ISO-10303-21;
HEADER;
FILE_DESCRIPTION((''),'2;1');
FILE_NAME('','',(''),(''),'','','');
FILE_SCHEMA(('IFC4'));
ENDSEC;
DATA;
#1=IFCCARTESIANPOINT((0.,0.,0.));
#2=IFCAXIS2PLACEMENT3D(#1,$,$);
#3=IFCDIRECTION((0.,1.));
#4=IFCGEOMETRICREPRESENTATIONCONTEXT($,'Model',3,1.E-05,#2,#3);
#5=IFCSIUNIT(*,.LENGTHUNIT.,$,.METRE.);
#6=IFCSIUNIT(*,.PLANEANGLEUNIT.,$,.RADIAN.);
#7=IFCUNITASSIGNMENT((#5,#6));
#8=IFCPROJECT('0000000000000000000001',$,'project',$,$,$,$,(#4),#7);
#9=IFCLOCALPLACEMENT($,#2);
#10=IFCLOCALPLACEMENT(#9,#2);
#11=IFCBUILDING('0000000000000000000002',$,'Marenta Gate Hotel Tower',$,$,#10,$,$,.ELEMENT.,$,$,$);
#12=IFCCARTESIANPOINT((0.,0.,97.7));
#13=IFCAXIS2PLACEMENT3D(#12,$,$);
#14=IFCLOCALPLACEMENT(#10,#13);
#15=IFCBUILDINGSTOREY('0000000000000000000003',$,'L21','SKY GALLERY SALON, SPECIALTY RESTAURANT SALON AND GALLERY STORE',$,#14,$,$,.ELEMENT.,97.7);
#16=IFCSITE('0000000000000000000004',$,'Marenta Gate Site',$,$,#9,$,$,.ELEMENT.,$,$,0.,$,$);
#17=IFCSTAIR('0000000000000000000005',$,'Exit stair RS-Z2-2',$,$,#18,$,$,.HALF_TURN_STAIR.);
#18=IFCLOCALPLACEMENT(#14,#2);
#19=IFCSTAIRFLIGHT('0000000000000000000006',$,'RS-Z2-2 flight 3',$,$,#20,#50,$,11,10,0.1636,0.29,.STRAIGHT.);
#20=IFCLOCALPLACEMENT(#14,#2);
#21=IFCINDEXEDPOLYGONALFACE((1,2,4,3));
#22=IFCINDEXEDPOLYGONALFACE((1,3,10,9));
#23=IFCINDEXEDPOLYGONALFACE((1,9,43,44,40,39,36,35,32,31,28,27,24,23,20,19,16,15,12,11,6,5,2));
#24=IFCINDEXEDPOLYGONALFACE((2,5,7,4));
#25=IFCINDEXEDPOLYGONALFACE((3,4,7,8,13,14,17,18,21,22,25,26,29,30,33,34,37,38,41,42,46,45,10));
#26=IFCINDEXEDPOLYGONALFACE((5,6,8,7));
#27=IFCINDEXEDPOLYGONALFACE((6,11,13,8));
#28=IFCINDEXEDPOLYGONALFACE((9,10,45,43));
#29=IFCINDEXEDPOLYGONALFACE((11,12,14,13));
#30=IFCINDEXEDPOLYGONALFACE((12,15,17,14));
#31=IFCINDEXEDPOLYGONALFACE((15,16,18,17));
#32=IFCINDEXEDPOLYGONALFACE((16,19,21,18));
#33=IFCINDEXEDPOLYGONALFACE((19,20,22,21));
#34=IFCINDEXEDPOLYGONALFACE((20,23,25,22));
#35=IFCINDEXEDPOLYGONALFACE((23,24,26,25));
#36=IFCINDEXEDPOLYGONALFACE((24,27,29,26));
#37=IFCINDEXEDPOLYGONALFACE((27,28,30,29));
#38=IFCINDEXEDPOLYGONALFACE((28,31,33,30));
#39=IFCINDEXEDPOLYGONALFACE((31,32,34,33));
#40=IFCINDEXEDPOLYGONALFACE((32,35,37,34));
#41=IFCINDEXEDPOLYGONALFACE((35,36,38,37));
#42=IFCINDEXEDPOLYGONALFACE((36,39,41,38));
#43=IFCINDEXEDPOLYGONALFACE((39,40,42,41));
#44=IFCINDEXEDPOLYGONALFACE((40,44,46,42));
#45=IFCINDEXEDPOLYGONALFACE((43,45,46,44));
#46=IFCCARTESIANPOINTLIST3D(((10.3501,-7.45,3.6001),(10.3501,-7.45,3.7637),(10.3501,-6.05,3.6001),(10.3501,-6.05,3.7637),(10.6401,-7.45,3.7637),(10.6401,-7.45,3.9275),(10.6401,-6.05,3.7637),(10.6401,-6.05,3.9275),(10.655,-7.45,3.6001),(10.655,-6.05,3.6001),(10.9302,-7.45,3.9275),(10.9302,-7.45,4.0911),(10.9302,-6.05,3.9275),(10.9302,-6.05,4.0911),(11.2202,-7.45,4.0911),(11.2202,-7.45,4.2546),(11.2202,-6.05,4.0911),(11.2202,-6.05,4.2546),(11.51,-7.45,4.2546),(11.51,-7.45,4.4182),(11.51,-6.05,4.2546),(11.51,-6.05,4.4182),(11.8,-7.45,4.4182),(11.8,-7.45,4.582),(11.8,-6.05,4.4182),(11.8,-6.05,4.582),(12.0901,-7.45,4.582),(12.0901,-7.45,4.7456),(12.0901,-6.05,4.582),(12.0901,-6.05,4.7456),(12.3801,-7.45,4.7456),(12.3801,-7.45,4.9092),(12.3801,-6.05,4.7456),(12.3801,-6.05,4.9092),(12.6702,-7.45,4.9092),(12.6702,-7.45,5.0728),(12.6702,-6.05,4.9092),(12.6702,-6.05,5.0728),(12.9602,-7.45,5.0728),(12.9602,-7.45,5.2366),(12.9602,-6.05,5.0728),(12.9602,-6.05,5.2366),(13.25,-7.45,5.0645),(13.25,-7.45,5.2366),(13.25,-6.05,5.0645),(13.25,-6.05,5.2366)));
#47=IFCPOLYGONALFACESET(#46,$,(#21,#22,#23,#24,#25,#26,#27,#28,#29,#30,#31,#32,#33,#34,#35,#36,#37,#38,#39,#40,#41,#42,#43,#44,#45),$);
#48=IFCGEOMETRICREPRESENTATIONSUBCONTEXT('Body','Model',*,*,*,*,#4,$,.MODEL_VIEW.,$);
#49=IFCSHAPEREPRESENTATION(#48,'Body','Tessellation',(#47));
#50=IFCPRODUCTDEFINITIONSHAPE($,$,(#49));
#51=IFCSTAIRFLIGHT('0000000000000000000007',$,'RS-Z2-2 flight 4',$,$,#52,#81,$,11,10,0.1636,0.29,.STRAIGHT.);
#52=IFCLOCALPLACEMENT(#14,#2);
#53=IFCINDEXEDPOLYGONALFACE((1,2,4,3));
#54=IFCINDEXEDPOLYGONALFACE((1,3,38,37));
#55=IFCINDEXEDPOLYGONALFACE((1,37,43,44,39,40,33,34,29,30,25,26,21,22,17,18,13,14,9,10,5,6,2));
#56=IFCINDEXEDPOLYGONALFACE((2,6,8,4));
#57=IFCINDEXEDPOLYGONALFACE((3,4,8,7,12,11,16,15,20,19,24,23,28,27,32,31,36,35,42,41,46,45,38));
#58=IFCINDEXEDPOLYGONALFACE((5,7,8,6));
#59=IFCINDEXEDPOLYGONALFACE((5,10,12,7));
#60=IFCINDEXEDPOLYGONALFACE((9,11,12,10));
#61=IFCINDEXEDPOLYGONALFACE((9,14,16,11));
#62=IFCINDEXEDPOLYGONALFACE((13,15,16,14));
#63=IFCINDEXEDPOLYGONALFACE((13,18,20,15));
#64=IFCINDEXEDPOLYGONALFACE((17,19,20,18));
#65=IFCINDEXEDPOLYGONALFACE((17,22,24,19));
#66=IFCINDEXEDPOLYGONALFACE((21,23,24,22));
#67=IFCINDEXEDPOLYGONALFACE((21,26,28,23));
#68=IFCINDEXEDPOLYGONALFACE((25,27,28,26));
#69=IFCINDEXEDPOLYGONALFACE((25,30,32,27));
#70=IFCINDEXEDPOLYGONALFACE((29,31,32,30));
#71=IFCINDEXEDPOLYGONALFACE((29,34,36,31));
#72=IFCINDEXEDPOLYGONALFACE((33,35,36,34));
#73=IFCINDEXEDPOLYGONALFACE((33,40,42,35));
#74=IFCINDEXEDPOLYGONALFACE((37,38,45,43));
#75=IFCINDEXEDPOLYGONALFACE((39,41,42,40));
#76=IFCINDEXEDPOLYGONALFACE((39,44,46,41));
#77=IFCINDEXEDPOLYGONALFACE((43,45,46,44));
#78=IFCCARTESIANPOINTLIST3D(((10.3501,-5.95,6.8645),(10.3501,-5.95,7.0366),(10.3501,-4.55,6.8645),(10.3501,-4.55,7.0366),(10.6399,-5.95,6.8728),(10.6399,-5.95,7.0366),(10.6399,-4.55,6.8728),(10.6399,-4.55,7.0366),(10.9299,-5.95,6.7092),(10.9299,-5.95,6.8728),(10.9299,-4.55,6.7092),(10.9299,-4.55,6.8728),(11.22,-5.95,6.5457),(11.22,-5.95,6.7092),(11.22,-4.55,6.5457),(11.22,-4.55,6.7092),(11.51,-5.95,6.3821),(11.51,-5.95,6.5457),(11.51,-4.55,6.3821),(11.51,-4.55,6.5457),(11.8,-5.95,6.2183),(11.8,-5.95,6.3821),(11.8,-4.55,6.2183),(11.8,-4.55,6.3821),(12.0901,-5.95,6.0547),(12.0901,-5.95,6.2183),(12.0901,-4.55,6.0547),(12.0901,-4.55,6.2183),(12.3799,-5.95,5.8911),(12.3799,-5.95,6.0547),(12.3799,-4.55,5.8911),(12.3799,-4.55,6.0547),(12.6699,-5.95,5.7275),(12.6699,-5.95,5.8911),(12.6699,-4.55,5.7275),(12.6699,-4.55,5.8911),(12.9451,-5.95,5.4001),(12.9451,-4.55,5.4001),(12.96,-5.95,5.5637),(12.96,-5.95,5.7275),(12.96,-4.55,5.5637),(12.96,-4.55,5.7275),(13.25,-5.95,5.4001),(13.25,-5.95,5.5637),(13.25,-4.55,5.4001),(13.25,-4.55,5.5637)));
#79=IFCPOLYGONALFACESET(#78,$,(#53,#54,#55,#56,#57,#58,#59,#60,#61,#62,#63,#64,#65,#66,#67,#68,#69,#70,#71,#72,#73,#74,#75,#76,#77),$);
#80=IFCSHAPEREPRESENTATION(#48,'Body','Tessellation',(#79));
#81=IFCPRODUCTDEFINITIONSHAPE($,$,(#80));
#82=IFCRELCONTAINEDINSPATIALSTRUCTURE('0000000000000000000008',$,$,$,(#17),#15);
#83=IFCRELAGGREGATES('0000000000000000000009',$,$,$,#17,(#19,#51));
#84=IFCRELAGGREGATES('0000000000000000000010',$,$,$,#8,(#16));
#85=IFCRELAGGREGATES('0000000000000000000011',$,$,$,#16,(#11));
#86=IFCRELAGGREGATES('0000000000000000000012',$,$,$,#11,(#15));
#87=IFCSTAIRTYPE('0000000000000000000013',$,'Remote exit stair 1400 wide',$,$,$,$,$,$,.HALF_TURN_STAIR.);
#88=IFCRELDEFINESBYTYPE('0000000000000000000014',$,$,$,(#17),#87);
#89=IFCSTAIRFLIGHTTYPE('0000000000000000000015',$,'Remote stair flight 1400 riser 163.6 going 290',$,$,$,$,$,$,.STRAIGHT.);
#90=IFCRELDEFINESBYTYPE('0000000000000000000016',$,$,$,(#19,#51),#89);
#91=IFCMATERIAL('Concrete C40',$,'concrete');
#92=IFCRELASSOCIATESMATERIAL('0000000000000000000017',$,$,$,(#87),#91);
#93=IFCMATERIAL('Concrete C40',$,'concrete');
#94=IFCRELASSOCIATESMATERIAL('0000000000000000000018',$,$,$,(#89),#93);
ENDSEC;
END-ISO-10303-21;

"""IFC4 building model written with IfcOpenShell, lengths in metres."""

from ifc_helpers import new_model, si_unit, direction, frame, origin, place, context, subcontext, project, spatial, polyline, outline, extrude, material, type_object, element, aggregate, save


model = new_model("IFC4")

# Units and contexts
model_context = context("Model", 3, precision=1e-05, world=origin(), true_north=direction((0.0, 1.0)))
body_context = subcontext(model_context, "Body", "Model", "MODEL_VIEW")
ifc_project = project(units=[si_unit("LENGTHUNIT", "METRE"), si_unit("PLANEANGLEUNIT", "RADIAN")], contexts=[model_context])

# Site, building, storey
site_placement = place(None, origin())
site = spatial("IfcSite", under=ifc_project, at=site_placement, Name="Marenta Gate Site", CompositionType="ELEMENT", RefElevation=0.0)
building_placement = place(site_placement, origin())
building = spatial("IfcBuilding", under=site, at=building_placement, Name="Marenta Gate Hotel Tower", CompositionType="ELEMENT")
storey_placement = place(building_placement, frame((0.0, 0.0, 97.7)))
storey = spatial("IfcBuildingStorey", under=building, at=storey_placement, Name="L21", Description="SKY GALLERY SALON, SPECIALTY RESTAURANT SALON AND GALLERY STORE", CompositionType="ELEMENT", Elevation=97.7)

# Stair, stair flights
ifc_material_1 = material(Name="Concrete C40", Category="concrete")
stair_type = type_object("IfcStairType", Name="Remote exit stair 1400 wide", PredefinedType="HALF_TURN_STAIR", material=ifc_material_1)
stair_placement = place(storey_placement, origin())
stair = element("IfcStair", 1, at=stair_placement, inside=storey, type_object=stair_type, Name="Exit stair RS-Z2-2", PredefinedType="HALF_TURN_STAIR")
ifc_material_2 = material(Name="Concrete C40", Category="concrete")
stair_flight_type = type_object("IfcStairFlightType", Name="Remote stair flight 1400 riser 163.6 going 290", PredefinedType="STRAIGHT", material=ifc_material_2)
stair_flight_1_placement = place(storey_placement, frame((10.3501, -6.75, 3.6001), z_axis=(0.0, 0.0, 1.0), x_axis=(1.0, 0.0, 0.0)))
stair_flight_1 = element("IfcStairFlight", 2, at=stair_flight_1_placement, type_object=stair_flight_type, Name="RS-Z2-2 flight 3", NumberOfRisers=11, NumberOfTreads=10, PredefinedType="STRAIGHT", RiserHeight=0.1636, TreadLength=0.29, context=body_context, shape_type="SweptSolid", body=[
    extrude(outline(polyline([(0.0, 0.0), (0.0, 0.1636), (0.29, 0.1636), (0.29, 0.3274), (0.5801, 0.3274), (0.5801, 0.491), (0.8701, 0.491), (0.8701, 0.6545), (1.1599, 0.6545), (1.1599, 0.8181), (1.45, 0.8181), (1.45, 0.9819), (1.74, 0.9819), (1.74, 1.1455), (2.03, 1.1455), (2.03, 1.3091), (2.3201, 1.3091), (2.3201, 1.4727), (2.6101, 1.4727), (2.6101, 1.6365), (2.8999, 1.6365), (2.8999, 1.8), (2.8999, 1.4644), (0.3049, 0.0), (0.0, 0.0)])), frame((0.0, 0.7, 0.0), z_axis=(0.0, -1.0, 0.0), x_axis=(1.0, 0.0, 0.0)), (0.0, 0.0, 1.0), 1.3999),
])
stair_flight_2_placement = place(storey_placement, frame((13.25, -5.25, 5.4001), z_axis=(0.0, 0.0, 1.0), x_axis=(-1.0, 0.0, 0.0)))
stair_flight_2 = element("IfcStairFlight", 3, at=stair_flight_2_placement, type_object=stair_flight_type, Name="RS-Z2-2 flight 4", NumberOfRisers=11, NumberOfTreads=10, PredefinedType="STRAIGHT", RiserHeight=0.1636, TreadLength=0.29, context=body_context, shape_type="SweptSolid", body=[
    extrude(outline(polyline([(0.0, 0.0), (0.0, 0.1636), (0.29, 0.1636), (0.29, 0.3274), (0.5801, 0.3274), (0.5801, 0.491), (0.8701, 0.491), (0.8701, 0.6545), (1.1599, 0.6545), (1.1599, 0.8181), (1.45, 0.8181), (1.45, 0.9819), (1.74, 0.9819), (1.74, 1.1455), (2.03, 1.1455), (2.03, 1.3091), (2.3201, 1.3091), (2.3201, 1.4727), (2.6101, 1.4727), (2.6101, 1.6365), (2.8999, 1.6365), (2.8999, 1.8), (2.8999, 1.4644), (0.3049, 0.0), (0.0, 0.0)])), frame((0.0, 0.7, 0.0), z_axis=(0.0, -1.0, 0.0), x_axis=(1.0, 0.0, 0.0)), (0.0, 0.0, 1.0), 1.3999),
])
aggregate(stair, [stair_flight_1, stair_flight_2])

save(model, "model.ifc")
